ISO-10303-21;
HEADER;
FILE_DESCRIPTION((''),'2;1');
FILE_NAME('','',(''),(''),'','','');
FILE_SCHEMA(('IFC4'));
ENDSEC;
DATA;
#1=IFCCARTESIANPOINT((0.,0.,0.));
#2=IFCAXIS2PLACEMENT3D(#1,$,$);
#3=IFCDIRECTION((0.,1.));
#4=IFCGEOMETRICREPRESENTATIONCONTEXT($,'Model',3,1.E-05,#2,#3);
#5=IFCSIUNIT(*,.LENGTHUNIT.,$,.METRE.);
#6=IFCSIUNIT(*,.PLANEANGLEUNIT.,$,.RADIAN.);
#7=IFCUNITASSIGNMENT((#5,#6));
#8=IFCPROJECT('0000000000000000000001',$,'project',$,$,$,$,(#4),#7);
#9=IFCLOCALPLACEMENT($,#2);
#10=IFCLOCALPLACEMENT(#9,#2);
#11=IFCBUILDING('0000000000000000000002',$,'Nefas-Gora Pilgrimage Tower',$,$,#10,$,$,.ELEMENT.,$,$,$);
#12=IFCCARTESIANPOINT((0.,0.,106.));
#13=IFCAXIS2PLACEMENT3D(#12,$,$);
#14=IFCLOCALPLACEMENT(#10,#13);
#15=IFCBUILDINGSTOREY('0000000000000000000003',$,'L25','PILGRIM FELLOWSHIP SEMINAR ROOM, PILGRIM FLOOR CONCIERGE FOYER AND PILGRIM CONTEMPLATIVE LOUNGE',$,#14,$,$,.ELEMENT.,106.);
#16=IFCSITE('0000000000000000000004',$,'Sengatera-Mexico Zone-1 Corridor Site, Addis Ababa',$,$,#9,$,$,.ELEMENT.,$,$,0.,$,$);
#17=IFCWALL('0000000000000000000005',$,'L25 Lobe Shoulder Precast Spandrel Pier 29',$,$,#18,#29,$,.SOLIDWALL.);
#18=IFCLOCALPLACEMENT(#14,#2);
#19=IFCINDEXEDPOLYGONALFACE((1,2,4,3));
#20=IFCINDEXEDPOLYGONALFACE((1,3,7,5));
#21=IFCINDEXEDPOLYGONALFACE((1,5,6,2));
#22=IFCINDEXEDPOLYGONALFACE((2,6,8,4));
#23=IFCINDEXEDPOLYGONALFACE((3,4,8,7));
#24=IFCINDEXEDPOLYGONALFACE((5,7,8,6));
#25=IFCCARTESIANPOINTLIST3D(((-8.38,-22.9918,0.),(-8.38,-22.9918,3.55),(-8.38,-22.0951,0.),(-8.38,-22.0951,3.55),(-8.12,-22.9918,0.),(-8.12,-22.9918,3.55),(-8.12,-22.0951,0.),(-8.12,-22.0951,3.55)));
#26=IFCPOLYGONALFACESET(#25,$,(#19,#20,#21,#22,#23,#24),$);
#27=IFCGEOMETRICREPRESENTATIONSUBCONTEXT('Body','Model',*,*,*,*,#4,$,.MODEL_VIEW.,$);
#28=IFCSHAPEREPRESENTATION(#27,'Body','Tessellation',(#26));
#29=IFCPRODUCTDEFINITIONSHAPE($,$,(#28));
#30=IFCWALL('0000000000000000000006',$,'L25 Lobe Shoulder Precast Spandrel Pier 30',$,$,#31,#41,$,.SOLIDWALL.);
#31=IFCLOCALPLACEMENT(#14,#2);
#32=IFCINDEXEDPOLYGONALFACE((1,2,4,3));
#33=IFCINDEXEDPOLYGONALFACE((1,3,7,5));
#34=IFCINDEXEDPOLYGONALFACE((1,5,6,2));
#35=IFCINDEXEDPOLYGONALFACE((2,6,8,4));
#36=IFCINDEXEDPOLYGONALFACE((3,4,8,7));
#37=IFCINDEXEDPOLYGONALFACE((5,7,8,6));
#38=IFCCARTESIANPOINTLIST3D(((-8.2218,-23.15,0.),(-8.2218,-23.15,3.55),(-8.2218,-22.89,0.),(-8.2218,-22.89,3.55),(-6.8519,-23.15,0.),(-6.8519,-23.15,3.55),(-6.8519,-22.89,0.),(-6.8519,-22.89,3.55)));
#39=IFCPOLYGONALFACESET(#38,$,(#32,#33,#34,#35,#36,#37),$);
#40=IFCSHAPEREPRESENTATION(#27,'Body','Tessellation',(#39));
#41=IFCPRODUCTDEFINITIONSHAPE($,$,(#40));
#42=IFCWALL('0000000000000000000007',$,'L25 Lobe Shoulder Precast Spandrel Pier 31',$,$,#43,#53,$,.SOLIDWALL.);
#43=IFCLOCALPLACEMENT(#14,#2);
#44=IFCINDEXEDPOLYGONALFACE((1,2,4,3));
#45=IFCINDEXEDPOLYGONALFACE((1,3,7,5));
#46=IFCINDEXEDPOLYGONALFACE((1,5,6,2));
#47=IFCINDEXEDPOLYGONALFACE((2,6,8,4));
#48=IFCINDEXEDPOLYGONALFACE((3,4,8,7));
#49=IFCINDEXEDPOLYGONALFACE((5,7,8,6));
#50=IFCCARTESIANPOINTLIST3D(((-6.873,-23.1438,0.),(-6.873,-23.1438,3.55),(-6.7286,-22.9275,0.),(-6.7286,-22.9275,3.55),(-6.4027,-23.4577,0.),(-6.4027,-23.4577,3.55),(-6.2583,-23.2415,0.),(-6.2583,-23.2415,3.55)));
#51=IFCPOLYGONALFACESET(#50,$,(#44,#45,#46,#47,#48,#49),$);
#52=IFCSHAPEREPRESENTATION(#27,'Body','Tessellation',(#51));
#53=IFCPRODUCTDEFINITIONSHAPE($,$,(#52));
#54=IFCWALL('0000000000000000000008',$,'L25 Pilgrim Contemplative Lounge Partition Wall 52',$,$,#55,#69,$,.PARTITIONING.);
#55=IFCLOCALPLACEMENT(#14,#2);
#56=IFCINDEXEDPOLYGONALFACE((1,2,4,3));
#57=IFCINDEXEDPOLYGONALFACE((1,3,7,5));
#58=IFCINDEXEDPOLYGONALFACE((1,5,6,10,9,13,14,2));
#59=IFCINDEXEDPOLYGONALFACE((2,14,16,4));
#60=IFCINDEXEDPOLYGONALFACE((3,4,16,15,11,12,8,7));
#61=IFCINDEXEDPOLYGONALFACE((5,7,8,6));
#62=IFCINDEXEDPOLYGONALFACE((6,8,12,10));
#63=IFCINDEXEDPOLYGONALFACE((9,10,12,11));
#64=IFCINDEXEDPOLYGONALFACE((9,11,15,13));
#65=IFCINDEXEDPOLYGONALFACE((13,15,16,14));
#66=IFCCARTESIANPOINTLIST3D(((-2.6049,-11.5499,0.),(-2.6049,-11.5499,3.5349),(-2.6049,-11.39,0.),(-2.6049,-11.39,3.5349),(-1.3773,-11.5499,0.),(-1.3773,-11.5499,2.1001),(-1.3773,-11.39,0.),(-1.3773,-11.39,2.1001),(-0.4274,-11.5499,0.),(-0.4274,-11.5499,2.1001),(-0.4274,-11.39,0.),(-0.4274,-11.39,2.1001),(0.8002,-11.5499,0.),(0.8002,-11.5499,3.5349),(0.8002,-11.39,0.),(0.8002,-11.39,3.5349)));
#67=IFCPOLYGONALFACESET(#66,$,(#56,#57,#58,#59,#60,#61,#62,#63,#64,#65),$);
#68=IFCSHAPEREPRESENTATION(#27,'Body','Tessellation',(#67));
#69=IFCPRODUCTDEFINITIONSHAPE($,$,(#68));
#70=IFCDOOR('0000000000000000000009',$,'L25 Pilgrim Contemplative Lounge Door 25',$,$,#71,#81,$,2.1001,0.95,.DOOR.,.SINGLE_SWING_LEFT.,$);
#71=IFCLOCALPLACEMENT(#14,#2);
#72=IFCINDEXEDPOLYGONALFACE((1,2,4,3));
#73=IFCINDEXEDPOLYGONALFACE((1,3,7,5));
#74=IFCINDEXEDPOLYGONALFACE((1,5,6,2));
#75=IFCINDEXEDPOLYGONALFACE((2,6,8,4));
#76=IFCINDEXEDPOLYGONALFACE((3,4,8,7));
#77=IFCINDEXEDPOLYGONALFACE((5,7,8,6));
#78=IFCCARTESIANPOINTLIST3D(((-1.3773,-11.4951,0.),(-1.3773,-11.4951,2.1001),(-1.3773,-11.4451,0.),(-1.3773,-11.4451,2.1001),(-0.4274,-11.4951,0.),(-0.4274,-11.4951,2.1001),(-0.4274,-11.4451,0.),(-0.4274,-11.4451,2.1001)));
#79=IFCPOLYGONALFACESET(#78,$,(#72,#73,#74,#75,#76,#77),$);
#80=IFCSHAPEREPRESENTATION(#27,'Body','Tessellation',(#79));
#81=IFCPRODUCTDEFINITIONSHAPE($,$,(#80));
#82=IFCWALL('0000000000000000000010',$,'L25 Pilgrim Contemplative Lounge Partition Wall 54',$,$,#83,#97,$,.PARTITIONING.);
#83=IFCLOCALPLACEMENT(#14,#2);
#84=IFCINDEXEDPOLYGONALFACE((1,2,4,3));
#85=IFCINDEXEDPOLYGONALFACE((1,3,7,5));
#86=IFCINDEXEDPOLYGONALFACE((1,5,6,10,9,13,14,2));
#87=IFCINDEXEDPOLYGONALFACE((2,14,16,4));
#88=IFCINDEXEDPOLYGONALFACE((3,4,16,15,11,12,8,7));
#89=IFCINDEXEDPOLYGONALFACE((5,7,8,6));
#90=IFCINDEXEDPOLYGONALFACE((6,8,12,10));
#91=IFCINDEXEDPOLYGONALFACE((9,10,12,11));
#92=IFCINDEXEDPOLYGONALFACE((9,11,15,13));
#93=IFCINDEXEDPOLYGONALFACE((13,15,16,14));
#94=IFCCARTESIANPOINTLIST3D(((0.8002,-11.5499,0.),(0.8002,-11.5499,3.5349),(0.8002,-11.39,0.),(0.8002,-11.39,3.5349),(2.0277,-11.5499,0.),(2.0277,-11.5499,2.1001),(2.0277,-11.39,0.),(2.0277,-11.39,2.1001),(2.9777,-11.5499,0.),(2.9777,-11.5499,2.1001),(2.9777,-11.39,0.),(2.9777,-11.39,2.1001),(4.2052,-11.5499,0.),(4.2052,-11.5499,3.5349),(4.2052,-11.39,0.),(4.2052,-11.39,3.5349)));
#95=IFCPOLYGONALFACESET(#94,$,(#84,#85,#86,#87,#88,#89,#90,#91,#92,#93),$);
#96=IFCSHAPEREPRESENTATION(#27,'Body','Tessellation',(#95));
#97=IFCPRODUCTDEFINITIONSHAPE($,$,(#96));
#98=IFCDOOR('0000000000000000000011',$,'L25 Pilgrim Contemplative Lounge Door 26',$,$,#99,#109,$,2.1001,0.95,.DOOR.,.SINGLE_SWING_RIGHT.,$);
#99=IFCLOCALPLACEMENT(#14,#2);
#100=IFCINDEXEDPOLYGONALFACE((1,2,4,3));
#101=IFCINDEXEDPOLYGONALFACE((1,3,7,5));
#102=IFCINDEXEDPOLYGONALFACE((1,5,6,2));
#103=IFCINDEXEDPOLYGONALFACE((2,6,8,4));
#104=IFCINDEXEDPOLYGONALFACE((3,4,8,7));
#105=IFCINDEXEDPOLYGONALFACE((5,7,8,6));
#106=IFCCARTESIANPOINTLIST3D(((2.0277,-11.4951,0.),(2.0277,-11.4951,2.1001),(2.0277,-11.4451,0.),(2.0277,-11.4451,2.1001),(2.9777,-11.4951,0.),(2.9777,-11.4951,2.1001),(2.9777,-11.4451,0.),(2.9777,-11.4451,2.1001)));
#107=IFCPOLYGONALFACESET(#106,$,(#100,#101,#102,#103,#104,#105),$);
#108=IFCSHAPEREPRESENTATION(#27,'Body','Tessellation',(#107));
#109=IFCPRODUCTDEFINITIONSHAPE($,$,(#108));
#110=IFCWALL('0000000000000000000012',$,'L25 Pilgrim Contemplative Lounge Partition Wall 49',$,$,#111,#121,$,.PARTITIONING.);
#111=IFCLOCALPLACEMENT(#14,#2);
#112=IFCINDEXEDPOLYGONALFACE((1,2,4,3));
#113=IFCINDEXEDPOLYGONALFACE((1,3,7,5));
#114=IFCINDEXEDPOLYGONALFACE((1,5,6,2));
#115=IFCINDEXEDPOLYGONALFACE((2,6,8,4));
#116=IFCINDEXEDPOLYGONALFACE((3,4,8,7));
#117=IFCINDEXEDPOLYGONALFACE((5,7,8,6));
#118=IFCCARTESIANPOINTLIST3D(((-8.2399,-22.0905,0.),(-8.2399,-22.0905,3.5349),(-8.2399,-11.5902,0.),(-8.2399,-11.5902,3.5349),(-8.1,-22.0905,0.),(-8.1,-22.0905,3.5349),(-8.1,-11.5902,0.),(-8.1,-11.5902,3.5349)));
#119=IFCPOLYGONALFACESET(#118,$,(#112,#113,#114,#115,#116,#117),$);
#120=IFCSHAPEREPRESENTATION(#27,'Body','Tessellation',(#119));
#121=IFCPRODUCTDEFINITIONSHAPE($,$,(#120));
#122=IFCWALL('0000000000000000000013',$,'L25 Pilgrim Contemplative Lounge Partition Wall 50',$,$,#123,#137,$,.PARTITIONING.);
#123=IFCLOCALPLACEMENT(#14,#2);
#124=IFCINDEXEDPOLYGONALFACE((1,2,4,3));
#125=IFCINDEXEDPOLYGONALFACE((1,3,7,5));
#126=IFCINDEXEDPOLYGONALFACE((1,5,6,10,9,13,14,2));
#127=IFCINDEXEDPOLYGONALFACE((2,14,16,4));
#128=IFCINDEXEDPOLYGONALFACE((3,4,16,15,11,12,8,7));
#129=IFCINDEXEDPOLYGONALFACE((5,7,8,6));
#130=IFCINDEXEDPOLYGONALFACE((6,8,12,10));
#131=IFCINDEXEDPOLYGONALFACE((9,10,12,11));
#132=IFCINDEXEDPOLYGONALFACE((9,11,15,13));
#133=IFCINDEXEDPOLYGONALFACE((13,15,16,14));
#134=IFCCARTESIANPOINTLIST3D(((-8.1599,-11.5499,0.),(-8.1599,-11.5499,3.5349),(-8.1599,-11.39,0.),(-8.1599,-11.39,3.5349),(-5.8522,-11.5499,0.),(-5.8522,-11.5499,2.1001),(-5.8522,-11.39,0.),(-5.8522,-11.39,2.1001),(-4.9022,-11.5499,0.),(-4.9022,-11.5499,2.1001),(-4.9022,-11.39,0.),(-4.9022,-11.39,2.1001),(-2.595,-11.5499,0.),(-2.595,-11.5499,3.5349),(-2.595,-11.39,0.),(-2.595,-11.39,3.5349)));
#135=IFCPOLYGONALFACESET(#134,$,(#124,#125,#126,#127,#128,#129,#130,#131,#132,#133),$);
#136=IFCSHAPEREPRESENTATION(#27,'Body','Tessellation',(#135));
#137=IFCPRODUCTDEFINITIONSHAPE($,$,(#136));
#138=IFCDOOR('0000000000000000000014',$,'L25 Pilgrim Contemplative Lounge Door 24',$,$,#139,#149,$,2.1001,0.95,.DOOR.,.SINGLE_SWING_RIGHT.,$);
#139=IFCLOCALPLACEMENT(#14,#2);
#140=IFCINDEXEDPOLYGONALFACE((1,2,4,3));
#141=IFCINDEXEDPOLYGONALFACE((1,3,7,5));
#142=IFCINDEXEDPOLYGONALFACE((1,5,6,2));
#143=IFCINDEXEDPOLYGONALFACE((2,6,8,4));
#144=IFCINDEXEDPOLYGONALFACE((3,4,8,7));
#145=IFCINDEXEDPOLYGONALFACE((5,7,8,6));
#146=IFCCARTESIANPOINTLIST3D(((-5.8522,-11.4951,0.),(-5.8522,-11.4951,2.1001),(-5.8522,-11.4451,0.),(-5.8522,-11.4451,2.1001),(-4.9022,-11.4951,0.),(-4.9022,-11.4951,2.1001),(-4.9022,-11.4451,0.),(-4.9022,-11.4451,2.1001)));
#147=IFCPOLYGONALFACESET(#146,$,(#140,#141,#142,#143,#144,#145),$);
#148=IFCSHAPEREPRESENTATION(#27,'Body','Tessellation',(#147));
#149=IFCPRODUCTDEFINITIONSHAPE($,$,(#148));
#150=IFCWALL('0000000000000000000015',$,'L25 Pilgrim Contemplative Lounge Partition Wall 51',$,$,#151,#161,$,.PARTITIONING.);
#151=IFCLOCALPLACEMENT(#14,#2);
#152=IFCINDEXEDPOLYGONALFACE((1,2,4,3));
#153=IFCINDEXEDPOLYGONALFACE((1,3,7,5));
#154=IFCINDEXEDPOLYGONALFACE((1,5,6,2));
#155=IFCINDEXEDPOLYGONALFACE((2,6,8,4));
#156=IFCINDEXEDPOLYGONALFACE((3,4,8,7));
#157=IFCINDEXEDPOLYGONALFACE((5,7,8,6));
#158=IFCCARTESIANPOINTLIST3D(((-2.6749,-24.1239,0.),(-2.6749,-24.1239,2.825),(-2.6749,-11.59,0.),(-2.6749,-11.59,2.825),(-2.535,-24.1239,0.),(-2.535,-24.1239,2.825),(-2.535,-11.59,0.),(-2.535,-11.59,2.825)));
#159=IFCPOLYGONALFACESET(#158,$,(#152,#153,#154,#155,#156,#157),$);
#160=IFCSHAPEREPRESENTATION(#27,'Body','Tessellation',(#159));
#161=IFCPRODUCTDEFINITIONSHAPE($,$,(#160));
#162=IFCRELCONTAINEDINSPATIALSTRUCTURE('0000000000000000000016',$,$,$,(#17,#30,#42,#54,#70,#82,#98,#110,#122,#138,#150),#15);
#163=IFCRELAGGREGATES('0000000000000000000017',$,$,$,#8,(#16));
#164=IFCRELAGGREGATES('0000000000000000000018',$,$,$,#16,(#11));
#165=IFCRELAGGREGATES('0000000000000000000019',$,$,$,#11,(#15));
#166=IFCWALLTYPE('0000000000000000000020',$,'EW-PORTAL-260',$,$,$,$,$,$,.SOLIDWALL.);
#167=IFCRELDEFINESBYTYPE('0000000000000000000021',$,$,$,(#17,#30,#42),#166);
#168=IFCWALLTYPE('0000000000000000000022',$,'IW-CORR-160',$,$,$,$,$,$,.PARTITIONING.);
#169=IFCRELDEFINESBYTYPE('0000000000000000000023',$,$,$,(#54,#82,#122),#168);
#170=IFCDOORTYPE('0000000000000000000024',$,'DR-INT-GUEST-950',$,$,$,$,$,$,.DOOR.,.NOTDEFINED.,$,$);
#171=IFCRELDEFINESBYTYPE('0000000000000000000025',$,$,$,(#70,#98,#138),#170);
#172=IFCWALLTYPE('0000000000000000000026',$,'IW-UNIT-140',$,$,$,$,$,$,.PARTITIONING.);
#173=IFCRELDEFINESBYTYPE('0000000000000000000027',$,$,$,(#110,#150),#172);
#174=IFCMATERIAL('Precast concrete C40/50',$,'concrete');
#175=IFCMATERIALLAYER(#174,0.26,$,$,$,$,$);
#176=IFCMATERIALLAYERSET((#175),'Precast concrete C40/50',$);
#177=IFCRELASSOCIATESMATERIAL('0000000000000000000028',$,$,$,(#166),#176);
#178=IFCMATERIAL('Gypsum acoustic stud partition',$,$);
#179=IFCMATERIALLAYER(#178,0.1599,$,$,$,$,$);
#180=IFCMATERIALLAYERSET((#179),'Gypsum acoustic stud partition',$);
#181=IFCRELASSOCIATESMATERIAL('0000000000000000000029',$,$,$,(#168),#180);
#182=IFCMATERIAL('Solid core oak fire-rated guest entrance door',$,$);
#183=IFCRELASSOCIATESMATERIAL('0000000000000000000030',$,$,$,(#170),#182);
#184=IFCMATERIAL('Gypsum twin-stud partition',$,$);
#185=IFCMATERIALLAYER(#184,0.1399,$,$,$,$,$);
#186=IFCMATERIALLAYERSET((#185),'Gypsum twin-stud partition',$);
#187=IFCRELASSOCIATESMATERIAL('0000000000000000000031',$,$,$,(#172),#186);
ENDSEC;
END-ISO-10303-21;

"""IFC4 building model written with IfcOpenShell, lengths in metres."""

from ifc_helpers import new_model, si_unit, direction, frame, frame_2d, origin, place, context, subcontext, project, spatial, rectangle, extrude, source, transform, mapped, material, layer, layer_set, type_object, element, fill, save


model = new_model("IFC4")

# Units and contexts
model_context = context("Model", 3, precision=1e-05, world=origin(), true_north=direction((0.0, 1.0)))
body_context = subcontext(model_context, "Body", "Model", "MODEL_VIEW")
ifc_project = project(units=[si_unit("LENGTHUNIT", "METRE"), si_unit("PLANEANGLEUNIT", "RADIAN")], contexts=[model_context])

# Site, building, storey
site_placement = place(None, origin())
site = spatial("IfcSite", under=ifc_project, at=site_placement, Name="Sengatera-Mexico Zone-1 Corridor Site, Addis Ababa", CompositionType="ELEMENT", RefElevation=0.0)
building_placement = place(site_placement, origin())
building = spatial("IfcBuilding", under=site, at=building_placement, Name="Nefas-Gora Pilgrimage Tower", CompositionType="ELEMENT")
storey_placement = place(building_placement, frame((0.0, 0.0, 106.0)))
storey = spatial("IfcBuildingStorey", under=building, at=storey_placement, Name="L25", Description="PILGRIM FELLOWSHIP SEMINAR ROOM, PILGRIM FLOOR CONCIERGE FOYER AND PILGRIM CONTEMPLATIVE LOUNGE", CompositionType="ELEMENT", Elevation=106.0)

# Walls
ifc_material_1 = material(Name="Precast concrete C40/50", Category="concrete")
ifc_layer_1 = layer(ifc_material_1, 0.26)
ifc_layer_set_1 = layer_set([ifc_layer_1], Name="Precast concrete C40/50")
wall_type_1 = type_object("IfcWallType", Name="EW-PORTAL-260", PredefinedType="SOLIDWALL", material=ifc_layer_set_1)
shared_shape_1 = source(origin(), body_context, "Body", "SweptSolid", [
    extrude(rectangle(XDim=0.8967, YDim=0.26, at=frame_2d((0.4482, 0.0))), origin(), (0.0, 0.0, 1.0), 3.55),
])
wall_1_placement = place(storey_placement, frame((-8.25, -22.0952, 0.0), z_axis=(0.0, 0.0, 1.0), x_axis=(0.0, -1.0, 0.0)))
element("IfcWall", 1, at=wall_1_placement, inside=storey, type_object=wall_type_1, Name="L25 Lobe Shoulder Precast Spandrel Pier 29", PredefinedType="SOLIDWALL", context=body_context, shape_type="MappedRepresentation", body=[
    mapped(shared_shape_1, transform((0.0, 0.0, 0.0), x_axis=(1.0, 0.0, 0.0), y_axis=(0.0, 1.0, 0.0), z_axis=(0.0, 0.0, 1.0), scale=1.0)),
])
shared_shape_2 = source(origin(), body_context, "Body", "SweptSolid", [
    extrude(rectangle(XDim=1.3699, YDim=0.26, at=frame_2d((0.6851, 0.0))), origin(), (0.0, 0.0, 1.0), 3.55),
])
wall_2_placement = place(storey_placement, frame((-8.2219, -23.02, 0.0), z_axis=(0.0, 0.0, 1.0), x_axis=(1.0, 0.0, 0.0)))
element("IfcWall", 2, at=wall_2_placement, inside=storey, type_object=wall_type_1, Name="L25 Lobe Shoulder Precast Spandrel Pier 30", PredefinedType="SOLIDWALL", context=body_context, shape_type="MappedRepresentation", body=[
    mapped(shared_shape_2, transform((0.0, 0.0, 0.0), x_axis=(1.0, 0.0, 0.0), y_axis=(0.0, 1.0, 0.0), z_axis=(0.0, 0.0, 1.0), scale=1.0)),
])
shared_shape_3 = source(origin(), body_context, "Body", "SweptSolid", [
    extrude(rectangle(XDim=0.5654, YDim=0.26, at=frame_2d((0.2827, 0.0))), origin(), (0.0, 0.0, 1.0), 3.55),
])
wall_3_placement = place(storey_placement, frame((-6.8008, -23.0356, 0.0), z_axis=(0.0, 0.0, 1.0), x_axis=(0.831651, -0.555298, 0.0)))
element("IfcWall", 3, at=wall_3_placement, inside=storey, type_object=wall_type_1, Name="L25 Lobe Shoulder Precast Spandrel Pier 31", PredefinedType="SOLIDWALL", context=body_context, shape_type="MappedRepresentation", body=[
    mapped(shared_shape_3, transform((0.0, 0.0, 0.0), x_axis=(1.0, 0.0, 0.0), y_axis=(0.0, 1.0, 0.0), z_axis=(0.0, 0.0, 1.0), scale=1.0)),
])

# Walls, openings, doors
ifc_material_2 = material(Name="Gypsum acoustic stud partition")
ifc_layer_2 = layer(ifc_material_2, 0.1599)
ifc_layer_set_2 = layer_set([ifc_layer_2], Name="Gypsum acoustic stud partition")
wall_type_2 = type_object("IfcWallType", Name="IW-CORR-160", PredefinedType="PARTITIONING", material=ifc_layer_set_2)
shared_shape_4 = source(origin(), body_context, "Body", "SweptSolid", [
    extrude(rectangle(XDim=3.405, YDim=0.1599, at=frame_2d((1.7026, 0.0))), origin(), (0.0, 0.0, 1.0), 3.5349),
])
wall_4_placement = place(storey_placement, frame((-2.605, -11.47, 0.0), z_axis=(0.0, 0.0, 1.0), x_axis=(1.0, 0.0, 0.0)))
wall_4 = element("IfcWall", 4, at=wall_4_placement, inside=storey, type_object=wall_type_2, Name="L25 Pilgrim Contemplative Lounge Partition Wall 52", PredefinedType="PARTITIONING", context=body_context, shape_type="MappedRepresentation", body=[
    mapped(shared_shape_4, transform((0.0, 0.0, 0.0), x_axis=(1.0, 0.0, 0.0), y_axis=(0.0, 1.0, 0.0), z_axis=(0.0, 0.0, 1.0), scale=1.0)),
])
opening_1_placement = place(wall_4_placement, frame((1.2275, 0.0, 0.0)))
opening_1 = element("IfcOpeningElement", 5, at=opening_1_placement, cuts=wall_4, PredefinedType="OPENING", context=body_context, shape_type="SweptSolid", body=[
    extrude(rectangle(XDim=0.95, YDim=2.1001, at=frame_2d((0.4751, 1.05))), frame((0.0, 0.0898, 0.0), z_axis=(0.0, -1.0, 0.0), x_axis=(1.0, 0.0, 0.0)), (0.0, 0.0, 1.0), 0.1799),
])
ifc_material_3 = material(Name="Solid core oak fire-rated guest entrance door")
door_type = type_object("IfcDoorType", Name="DR-INT-GUEST-950", OperationType="NOTDEFINED", PredefinedType="DOOR", material=ifc_material_3)
shared_shape_5 = source(origin(), body_context, "Body", "SweptSolid", [
    extrude(rectangle(XDim=0.95, YDim=2.1001, at=frame_2d((0.4751, 1.05))), frame((0.0, 0.0249, 0.0), z_axis=(0.0, -1.0, 0.0), x_axis=(1.0, 0.0, 0.0)), (0.0, 0.0, 1.0), 0.05),
])
door_1_placement = place(opening_1_placement, origin())
door_1 = element("IfcDoor", 6, at=door_1_placement, inside=storey, type_object=door_type, Name="L25 Pilgrim Contemplative Lounge Door 25", OperationType="SINGLE_SWING_LEFT", OverallHeight=2.1001, OverallWidth=0.95, PredefinedType="DOOR", context=body_context, shape_type="MappedRepresentation", body=[
    mapped(shared_shape_5, transform((0.0, 0.0, 0.0), x_axis=(1.0, 0.0, 0.0), y_axis=(0.0, 1.0, 0.0), z_axis=(0.0, 0.0, 1.0), scale=1.0)),
])
fill(opening_1, door_1)
wall_5_placement = place(storey_placement, frame((0.8, -11.47, 0.0), z_axis=(0.0, 0.0, 1.0), x_axis=(1.0, 0.0, 0.0)))
wall_5 = element("IfcWall", 7, at=wall_5_placement, inside=storey, type_object=wall_type_2, Name="L25 Pilgrim Contemplative Lounge Partition Wall 54", PredefinedType="PARTITIONING", context=body_context, shape_type="MappedRepresentation", body=[
    mapped(shared_shape_4, transform((0.0, 0.0, 0.0), x_axis=(1.0, 0.0, 0.0), y_axis=(0.0, 1.0, 0.0), z_axis=(0.0, 0.0, 1.0), scale=1.0)),
])
opening_2_placement = place(wall_5_placement, frame((1.2275, 0.0, 0.0)))
opening_2 = element("IfcOpeningElement", 8, at=opening_2_placement, cuts=wall_5, PredefinedType="OPENING", context=body_context, shape_type="SweptSolid", body=[
    extrude(rectangle(XDim=0.95, YDim=2.1001, at=frame_2d((0.4751, 1.05))), frame((0.0, 0.0898, 0.0), z_axis=(0.0, -1.0, 0.0), x_axis=(1.0, 0.0, 0.0)), (0.0, 0.0, 1.0), 0.1799),
])
door_2_placement = place(opening_2_placement, origin())
door_2 = element("IfcDoor", 9, at=door_2_placement, inside=storey, type_object=door_type, Name="L25 Pilgrim Contemplative Lounge Door 26", OperationType="SINGLE_SWING_RIGHT", OverallHeight=2.1001, OverallWidth=0.95, PredefinedType="DOOR", context=body_context, shape_type="MappedRepresentation", body=[
    mapped(shared_shape_5, transform((0.0, 0.0, 0.0), x_axis=(1.0, 0.0, 0.0), y_axis=(0.0, 1.0, 0.0), z_axis=(0.0, 0.0, 1.0), scale=1.0)),
])
fill(opening_2, door_2)

# Wall
ifc_material_4 = material(Name="Gypsum twin-stud partition")
ifc_layer_3 = layer(ifc_material_4, 0.1399)
ifc_layer_set_3 = layer_set([ifc_layer_3], Name="Gypsum twin-stud partition")
wall_type_3 = type_object("IfcWallType", Name="IW-UNIT-140", PredefinedType="PARTITIONING", material=ifc_layer_set_3)
shared_shape_6 = source(origin(), body_context, "Body", "SweptSolid", [
    extrude(rectangle(XDim=10.5002, YDim=0.1399, at=frame_2d((5.25, 0.0))), origin(), (0.0, 0.0, 1.0), 3.5349),
])
wall_6_placement = place(storey_placement, frame((-8.1699, -22.0903, 0.0), z_axis=(0.0, 0.0, 1.0), x_axis=(0.0, 1.0, 0.0)))
element("IfcWall", 10, at=wall_6_placement, inside=storey, type_object=wall_type_3, Name="L25 Pilgrim Contemplative Lounge Partition Wall 49", PredefinedType="PARTITIONING", context=body_context, shape_type="MappedRepresentation", body=[
    mapped(shared_shape_6, transform((0.0, 0.0, 0.0), x_axis=(1.0, 0.0, 0.0), y_axis=(0.0, 1.0, 0.0), z_axis=(0.0, 0.0, 1.0), scale=1.0)),
])

# Wall, opening, door
shared_shape_7 = source(origin(), body_context, "Body", "SweptSolid", [
    extrude(rectangle(XDim=5.5649, YDim=0.1599, at=frame_2d((2.7825, 0.0))), origin(), (0.0, 0.0, 1.0), 3.5349),
])
wall_7_placement = place(storey_placement, frame((-8.1599, -11.47, 0.0), z_axis=(0.0, 0.0, 1.0), x_axis=(1.0, 0.0, 0.0)))
wall_7 = element("IfcWall", 11, at=wall_7_placement, inside=storey, type_object=wall_type_2, Name="L25 Pilgrim Contemplative Lounge Partition Wall 50", PredefinedType="PARTITIONING", context=body_context, shape_type="MappedRepresentation", body=[
    mapped(shared_shape_7, transform((0.0, 0.0, 0.0), x_axis=(1.0, 0.0, 0.0), y_axis=(0.0, 1.0, 0.0), z_axis=(0.0, 0.0, 1.0), scale=1.0)),
])
opening_3_placement = place(wall_7_placement, frame((2.3076, 0.0, 0.0)))
opening_3 = element("IfcOpeningElement", 12, at=opening_3_placement, cuts=wall_7, PredefinedType="OPENING", context=body_context, shape_type="SweptSolid", body=[
    extrude(rectangle(XDim=0.95, YDim=2.1001, at=frame_2d((0.4751, 1.05))), frame((0.0, 0.0898, 0.0), z_axis=(0.0, -1.0, 0.0), x_axis=(1.0, 0.0, 0.0)), (0.0, 0.0, 1.0), 0.1799),
])
door_3_placement = place(opening_3_placement, origin())
door_3 = element("IfcDoor", 13, at=door_3_placement, inside=storey, type_object=door_type, Name="L25 Pilgrim Contemplative Lounge Door 24", OperationType="SINGLE_SWING_RIGHT", OverallHeight=2.1001, OverallWidth=0.95, PredefinedType="DOOR", context=body_context, shape_type="MappedRepresentation", body=[
    mapped(shared_shape_5, transform((0.0, 0.0, 0.0), x_axis=(1.0, 0.0, 0.0), y_axis=(0.0, 1.0, 0.0), z_axis=(0.0, 0.0, 1.0), scale=1.0)),
])
fill(opening_3, door_3)

# Wall
shared_shape_8 = source(origin(), body_context, "Body", "SweptSolid", [
    extrude(rectangle(XDim=12.5339, YDim=0.1399, at=frame_2d((6.2671, 0.0))), origin(), (0.0, 0.0, 1.0), 2.825),
])
wall_8_placement = place(storey_placement, frame((-2.605, -24.124, 0.0), z_axis=(0.0, 0.0, 1.0), x_axis=(0.0, 1.0, 0.0)))
element("IfcWall", 14, at=wall_8_placement, inside=storey, type_object=wall_type_3, Name="L25 Pilgrim Contemplative Lounge Partition Wall 51", PredefinedType="PARTITIONING", context=body_context, shape_type="MappedRepresentation", body=[
    mapped(shared_shape_8, transform((0.0, 0.0, 0.0), x_axis=(1.0, 0.0, 0.0), y_axis=(0.0, 1.0, 0.0), z_axis=(0.0, 0.0, 1.0), scale=1.0)),
])

save(model, "model.ifc")
